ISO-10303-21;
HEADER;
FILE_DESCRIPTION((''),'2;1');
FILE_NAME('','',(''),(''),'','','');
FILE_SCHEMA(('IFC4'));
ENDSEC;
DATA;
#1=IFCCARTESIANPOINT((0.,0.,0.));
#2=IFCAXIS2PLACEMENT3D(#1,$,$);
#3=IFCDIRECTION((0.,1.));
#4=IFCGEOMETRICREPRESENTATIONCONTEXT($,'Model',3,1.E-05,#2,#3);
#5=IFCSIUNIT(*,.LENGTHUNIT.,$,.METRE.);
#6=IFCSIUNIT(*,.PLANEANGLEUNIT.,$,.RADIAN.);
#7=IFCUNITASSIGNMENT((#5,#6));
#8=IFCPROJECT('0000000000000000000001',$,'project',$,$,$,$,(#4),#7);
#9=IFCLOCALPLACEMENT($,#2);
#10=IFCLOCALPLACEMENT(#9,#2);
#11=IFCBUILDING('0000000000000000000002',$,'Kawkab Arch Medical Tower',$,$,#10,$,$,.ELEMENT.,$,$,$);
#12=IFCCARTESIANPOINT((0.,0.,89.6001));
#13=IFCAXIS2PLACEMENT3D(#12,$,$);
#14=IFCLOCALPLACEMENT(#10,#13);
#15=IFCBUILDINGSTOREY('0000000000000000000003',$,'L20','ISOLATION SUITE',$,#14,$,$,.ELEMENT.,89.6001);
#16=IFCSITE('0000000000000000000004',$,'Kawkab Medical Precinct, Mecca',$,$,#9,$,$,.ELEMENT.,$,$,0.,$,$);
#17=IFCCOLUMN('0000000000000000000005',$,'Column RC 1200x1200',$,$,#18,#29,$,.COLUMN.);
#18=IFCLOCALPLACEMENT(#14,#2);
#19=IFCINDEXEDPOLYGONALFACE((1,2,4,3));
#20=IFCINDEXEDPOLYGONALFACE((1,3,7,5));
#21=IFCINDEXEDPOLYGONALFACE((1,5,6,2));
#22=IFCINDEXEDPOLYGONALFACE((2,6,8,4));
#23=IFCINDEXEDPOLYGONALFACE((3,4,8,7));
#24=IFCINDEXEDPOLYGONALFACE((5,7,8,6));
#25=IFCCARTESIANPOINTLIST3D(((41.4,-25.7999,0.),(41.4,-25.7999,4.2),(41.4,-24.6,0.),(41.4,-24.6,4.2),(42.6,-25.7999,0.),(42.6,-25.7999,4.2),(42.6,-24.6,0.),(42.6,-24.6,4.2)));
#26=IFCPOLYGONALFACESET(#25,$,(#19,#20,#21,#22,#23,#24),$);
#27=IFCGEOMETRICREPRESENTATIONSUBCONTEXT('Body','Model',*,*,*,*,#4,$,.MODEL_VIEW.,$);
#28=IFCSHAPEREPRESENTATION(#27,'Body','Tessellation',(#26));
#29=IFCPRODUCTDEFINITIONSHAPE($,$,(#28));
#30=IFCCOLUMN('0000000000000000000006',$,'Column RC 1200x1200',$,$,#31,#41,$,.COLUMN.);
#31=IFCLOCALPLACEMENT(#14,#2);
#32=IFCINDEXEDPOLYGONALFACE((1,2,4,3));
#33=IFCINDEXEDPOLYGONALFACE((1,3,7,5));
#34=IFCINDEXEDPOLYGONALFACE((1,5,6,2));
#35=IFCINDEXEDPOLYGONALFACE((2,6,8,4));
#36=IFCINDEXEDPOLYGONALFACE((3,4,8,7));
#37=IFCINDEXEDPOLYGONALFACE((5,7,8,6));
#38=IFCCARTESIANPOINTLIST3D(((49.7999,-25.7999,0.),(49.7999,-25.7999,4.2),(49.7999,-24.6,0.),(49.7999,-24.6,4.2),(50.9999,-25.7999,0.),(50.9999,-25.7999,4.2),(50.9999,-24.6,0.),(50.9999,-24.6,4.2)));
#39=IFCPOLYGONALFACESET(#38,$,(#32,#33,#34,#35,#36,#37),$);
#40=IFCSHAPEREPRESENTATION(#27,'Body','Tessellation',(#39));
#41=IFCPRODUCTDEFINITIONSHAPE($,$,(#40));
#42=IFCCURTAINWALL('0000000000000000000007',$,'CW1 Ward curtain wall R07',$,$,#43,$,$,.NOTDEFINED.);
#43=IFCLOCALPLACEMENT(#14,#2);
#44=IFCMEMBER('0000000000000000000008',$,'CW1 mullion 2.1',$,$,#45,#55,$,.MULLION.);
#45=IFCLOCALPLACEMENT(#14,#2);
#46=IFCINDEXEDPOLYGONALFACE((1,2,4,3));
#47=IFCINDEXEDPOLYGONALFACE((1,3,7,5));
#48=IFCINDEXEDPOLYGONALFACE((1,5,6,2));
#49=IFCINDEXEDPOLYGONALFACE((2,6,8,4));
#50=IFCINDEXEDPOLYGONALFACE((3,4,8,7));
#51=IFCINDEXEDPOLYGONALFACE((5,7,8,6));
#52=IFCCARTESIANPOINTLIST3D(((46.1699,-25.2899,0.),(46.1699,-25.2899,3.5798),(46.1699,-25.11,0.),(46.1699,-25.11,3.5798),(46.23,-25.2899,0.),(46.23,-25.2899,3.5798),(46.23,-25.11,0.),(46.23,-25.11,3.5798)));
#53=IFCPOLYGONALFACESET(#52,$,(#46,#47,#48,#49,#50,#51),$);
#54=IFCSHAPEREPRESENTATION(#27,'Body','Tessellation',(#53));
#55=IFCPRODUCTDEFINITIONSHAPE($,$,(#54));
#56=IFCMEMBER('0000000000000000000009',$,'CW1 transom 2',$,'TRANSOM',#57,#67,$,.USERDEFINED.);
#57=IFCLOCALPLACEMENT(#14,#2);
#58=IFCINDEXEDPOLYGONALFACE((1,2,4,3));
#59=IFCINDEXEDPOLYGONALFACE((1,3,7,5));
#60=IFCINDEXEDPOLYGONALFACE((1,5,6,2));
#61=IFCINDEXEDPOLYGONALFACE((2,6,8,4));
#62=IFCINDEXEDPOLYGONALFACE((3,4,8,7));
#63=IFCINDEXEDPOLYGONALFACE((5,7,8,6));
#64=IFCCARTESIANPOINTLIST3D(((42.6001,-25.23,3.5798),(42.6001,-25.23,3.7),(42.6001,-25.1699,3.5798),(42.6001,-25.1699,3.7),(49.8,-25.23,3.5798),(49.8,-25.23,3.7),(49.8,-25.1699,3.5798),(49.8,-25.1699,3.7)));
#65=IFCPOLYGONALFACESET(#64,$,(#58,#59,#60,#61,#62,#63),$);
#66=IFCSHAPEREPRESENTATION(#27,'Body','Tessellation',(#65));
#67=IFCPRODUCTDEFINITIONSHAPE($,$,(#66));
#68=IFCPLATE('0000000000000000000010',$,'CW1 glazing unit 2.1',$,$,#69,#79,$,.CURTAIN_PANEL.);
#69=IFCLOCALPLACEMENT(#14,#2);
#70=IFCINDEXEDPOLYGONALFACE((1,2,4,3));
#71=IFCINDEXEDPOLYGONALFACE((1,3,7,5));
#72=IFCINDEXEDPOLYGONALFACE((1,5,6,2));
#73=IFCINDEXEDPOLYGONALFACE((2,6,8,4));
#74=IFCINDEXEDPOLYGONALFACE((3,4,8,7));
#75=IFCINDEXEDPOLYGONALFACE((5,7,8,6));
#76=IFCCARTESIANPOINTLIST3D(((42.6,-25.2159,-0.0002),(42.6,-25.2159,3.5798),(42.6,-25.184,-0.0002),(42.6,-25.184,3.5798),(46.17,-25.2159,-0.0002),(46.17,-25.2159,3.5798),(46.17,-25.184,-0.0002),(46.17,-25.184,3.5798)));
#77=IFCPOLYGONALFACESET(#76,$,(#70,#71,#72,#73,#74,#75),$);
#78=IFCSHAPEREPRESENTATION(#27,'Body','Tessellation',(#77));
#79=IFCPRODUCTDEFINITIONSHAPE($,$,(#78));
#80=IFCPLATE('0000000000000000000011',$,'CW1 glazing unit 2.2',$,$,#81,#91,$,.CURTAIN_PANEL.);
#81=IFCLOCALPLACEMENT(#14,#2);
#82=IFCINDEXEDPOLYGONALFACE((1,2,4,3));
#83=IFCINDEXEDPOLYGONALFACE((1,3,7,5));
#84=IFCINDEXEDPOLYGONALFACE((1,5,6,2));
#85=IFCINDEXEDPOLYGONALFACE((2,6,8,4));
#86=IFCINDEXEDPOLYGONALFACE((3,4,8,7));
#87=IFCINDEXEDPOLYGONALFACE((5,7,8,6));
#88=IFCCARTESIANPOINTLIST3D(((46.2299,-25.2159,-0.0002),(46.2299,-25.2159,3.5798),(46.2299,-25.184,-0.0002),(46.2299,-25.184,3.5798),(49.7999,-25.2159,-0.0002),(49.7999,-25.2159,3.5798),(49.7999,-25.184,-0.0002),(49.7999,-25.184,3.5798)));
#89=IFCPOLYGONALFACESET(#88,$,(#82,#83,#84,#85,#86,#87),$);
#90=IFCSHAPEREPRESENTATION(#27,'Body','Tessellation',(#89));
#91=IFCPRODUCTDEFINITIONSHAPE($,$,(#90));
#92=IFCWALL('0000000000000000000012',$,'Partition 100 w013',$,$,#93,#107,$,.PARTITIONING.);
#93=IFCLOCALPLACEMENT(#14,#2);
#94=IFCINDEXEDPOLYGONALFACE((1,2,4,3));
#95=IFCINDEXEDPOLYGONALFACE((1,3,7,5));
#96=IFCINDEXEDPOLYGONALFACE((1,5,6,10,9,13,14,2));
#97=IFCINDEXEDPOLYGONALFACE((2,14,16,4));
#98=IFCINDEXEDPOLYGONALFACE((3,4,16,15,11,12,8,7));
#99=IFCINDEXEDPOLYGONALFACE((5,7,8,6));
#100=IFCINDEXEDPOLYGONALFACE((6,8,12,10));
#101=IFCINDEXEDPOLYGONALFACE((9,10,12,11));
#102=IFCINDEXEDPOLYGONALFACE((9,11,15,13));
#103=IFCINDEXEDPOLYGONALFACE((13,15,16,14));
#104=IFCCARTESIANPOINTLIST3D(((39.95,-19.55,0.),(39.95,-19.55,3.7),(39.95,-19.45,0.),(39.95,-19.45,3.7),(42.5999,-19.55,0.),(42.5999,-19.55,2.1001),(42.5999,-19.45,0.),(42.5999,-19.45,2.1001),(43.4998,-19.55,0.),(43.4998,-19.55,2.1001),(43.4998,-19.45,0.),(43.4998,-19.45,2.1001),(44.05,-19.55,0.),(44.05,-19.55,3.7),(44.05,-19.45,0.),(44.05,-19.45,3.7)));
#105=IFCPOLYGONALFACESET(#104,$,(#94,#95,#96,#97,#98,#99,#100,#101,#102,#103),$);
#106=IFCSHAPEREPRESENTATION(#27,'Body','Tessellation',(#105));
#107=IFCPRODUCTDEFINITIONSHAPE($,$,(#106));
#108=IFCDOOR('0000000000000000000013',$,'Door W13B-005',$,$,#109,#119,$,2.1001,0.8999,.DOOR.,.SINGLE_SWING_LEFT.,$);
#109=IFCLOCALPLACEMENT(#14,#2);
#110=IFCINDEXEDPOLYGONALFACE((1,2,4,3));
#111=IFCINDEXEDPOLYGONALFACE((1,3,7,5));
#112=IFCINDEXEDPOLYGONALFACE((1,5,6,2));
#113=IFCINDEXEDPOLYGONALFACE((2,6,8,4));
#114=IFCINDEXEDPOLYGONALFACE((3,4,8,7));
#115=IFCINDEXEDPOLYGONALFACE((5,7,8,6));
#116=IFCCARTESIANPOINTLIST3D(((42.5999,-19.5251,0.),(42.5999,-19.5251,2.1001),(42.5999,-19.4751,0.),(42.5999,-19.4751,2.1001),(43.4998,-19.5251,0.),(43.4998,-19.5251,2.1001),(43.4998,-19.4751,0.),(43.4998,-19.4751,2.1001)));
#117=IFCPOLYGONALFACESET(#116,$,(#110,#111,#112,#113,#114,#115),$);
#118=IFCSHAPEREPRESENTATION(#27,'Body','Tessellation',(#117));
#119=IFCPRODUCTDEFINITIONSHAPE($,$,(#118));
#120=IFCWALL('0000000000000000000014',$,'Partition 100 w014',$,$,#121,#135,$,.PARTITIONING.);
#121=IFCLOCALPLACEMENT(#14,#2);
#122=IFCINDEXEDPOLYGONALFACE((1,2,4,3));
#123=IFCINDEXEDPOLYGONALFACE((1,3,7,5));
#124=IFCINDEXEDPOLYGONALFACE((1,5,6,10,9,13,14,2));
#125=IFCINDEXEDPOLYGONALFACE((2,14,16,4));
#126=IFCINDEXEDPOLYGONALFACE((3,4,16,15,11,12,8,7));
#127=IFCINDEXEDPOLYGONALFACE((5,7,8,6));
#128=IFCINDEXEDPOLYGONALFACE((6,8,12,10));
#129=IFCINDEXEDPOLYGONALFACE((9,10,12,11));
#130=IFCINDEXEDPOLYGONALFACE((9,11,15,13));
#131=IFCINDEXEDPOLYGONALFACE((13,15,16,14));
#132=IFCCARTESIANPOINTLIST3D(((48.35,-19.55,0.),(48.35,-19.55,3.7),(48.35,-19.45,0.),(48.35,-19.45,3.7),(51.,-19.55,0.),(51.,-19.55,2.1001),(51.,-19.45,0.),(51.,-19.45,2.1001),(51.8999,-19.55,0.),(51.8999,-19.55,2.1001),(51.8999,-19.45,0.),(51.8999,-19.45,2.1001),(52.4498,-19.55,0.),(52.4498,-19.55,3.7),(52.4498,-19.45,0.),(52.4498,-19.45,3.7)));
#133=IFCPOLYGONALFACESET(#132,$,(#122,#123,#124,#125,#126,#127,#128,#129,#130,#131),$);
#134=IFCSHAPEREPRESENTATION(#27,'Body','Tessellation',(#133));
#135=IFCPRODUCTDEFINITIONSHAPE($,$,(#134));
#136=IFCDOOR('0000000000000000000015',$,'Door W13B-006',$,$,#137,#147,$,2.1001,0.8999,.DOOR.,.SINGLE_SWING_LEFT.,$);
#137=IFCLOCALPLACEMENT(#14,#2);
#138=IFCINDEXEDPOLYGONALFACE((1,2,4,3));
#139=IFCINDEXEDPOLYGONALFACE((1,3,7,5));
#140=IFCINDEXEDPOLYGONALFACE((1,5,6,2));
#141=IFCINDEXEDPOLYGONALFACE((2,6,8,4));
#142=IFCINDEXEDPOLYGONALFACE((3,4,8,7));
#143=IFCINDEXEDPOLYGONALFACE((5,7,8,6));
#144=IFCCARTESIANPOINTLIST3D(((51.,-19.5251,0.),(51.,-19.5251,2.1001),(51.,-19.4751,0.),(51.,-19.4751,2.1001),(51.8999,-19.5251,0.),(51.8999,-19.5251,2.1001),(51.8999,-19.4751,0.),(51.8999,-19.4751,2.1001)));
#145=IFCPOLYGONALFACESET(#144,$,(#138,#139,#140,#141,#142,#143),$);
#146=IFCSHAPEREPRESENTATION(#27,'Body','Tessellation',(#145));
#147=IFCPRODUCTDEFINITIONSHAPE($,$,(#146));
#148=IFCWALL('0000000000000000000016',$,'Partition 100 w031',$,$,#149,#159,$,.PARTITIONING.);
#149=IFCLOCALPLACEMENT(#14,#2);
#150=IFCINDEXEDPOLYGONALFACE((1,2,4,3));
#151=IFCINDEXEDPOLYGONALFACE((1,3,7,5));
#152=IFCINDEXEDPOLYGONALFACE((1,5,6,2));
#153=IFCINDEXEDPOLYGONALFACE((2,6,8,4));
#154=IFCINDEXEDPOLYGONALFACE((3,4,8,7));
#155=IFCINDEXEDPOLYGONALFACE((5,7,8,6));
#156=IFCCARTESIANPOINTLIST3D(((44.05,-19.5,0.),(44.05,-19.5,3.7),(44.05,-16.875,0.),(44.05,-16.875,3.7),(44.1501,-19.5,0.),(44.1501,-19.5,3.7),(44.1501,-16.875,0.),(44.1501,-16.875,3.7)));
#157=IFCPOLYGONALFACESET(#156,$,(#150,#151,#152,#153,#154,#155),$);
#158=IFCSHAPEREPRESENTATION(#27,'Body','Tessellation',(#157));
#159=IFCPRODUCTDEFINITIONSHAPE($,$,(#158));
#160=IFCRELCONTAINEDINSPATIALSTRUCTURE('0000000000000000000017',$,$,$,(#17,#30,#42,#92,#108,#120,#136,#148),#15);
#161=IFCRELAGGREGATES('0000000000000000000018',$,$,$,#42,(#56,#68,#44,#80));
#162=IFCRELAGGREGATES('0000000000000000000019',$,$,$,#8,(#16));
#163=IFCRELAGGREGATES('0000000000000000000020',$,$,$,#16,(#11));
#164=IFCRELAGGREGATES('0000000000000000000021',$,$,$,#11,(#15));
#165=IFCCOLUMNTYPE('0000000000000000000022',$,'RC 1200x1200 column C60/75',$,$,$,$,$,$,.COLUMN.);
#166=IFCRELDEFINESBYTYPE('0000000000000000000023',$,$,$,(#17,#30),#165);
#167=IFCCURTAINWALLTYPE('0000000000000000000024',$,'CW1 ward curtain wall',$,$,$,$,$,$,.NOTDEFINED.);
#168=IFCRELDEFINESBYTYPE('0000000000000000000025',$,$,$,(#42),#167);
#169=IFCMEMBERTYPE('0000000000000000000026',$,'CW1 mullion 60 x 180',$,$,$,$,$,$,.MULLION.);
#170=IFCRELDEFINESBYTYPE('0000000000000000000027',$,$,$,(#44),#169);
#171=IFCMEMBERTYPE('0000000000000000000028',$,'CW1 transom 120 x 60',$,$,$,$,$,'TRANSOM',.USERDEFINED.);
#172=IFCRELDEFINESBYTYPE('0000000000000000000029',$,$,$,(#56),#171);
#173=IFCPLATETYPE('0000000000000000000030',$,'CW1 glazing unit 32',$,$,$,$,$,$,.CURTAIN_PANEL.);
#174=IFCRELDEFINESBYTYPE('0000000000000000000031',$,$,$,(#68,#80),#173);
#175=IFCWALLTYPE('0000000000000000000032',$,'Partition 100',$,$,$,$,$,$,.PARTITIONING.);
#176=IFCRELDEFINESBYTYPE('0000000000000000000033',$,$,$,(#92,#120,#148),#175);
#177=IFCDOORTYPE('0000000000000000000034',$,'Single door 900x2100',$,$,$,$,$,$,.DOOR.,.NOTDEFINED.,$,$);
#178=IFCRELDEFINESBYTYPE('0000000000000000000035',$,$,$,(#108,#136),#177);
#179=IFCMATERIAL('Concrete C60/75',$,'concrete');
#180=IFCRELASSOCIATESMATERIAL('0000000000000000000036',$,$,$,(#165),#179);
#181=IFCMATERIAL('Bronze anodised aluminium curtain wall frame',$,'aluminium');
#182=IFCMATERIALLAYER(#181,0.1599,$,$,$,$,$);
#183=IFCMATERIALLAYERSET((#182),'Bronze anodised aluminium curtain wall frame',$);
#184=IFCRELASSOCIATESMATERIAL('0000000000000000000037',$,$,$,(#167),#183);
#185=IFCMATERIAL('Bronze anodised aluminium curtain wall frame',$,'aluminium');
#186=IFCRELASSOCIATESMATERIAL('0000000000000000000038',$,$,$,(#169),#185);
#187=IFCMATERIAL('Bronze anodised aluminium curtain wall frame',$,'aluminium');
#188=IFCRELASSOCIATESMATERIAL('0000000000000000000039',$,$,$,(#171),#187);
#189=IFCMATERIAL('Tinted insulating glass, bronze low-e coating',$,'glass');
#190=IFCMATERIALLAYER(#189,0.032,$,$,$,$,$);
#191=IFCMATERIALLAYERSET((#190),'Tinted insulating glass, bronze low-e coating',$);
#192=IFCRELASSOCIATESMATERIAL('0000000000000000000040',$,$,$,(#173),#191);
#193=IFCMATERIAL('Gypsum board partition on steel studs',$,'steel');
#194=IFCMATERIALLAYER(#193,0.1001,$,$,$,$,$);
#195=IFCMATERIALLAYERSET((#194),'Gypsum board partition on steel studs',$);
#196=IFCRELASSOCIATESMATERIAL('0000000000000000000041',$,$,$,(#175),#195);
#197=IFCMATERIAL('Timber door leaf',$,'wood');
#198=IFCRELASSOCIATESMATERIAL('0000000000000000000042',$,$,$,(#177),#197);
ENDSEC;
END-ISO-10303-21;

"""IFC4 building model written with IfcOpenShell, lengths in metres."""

from ifc_helpers import new_model, si_unit, direction, frame, frame_2d, origin, origin_2d, place, context, subcontext, project, spatial, rectangle, extrude, material, layer, layer_set, material_profile, profile_set, type_object, element, fill, aggregate, save


model = new_model("IFC4")

# Units and contexts
model_context = context("Model", 3, precision=1e-05, world=origin(), true_north=direction((0.0, 1.0)))
body_context = subcontext(model_context, "Body", "Model", "MODEL_VIEW")
ifc_project = project(units=[si_unit("LENGTHUNIT", "METRE"), si_unit("PLANEANGLEUNIT", "RADIAN")], contexts=[model_context])

# Site, building, storey
site_placement = place(None, origin())
site = spatial("IfcSite", under=ifc_project, at=site_placement, Name="Kawkab Medical Precinct, Mecca", CompositionType="ELEMENT", RefElevation=0.0)
building_placement = place(site_placement, origin())
building = spatial("IfcBuilding", under=site, at=building_placement, Name="Kawkab Arch Medical Tower", CompositionType="ELEMENT")
storey_placement = place(building_placement, frame((0.0, 0.0, 89.6001)))
storey = spatial("IfcBuildingStorey", under=building, at=storey_placement, Name="L20", Description="ISOLATION SUITE", CompositionType="ELEMENT", Elevation=89.6001)

# Columns
ifc_material_1 = material(Name="Concrete C60/75", Category="concrete")
ifc_material_profile_1 = material_profile(ifc_material_1, rectangle(XDim=1.2, YDim=1.2, at=origin_2d()), Name="RC 1200x1200")
ifc_profile_set_1 = profile_set([ifc_material_profile_1], Name="Concrete C60/75")
column_type = type_object("IfcColumnType", Name="RC 1200x1200 column C60/75", PredefinedType="COLUMN", material=ifc_profile_set_1)
for number, where, z_axis, x_axis, name in (
    (1, (42.0, -25.2, 0.0), (0.0, 0.0, 1.0), (1.0, 0.0, 0.0), "Column RC 1200x1200"),
    (2, (50.3999, -25.2, 0.0), (0.0, 0.0, 1.0), (1.0, 0.0, 0.0), "Column RC 1200x1200"),
):
    element("IfcColumn", number, at=place(storey_placement, frame(where, z_axis=z_axis, x_axis=x_axis)), inside=storey, type_object=column_type, Name=name, PredefinedType="COLUMN", context=body_context, shape_type="SweptSolid", body=[
        extrude(rectangle(XDim=1.2, YDim=1.2, at=origin_2d()), origin(), (0.0, 0.0, 1.0), 4.2),
    ])

# Curtain wall, members, plates
ifc_material_2 = material(Name="Bronze anodised aluminium curtain wall frame", Category="aluminium")
ifc_layer_1 = layer(ifc_material_2, 0.1599)
ifc_layer_set_1 = layer_set([ifc_layer_1], Name="Bronze anodised aluminium curtain wall frame")
curtain_wall_type = type_object("IfcCurtainWallType", Name="CW1 ward curtain wall", PredefinedType="NOTDEFINED", material=ifc_layer_set_1)
curtain_wall_placement = place(storey_placement, origin())
curtain_wall = element("IfcCurtainWall", 3, at=curtain_wall_placement, inside=storey, type_object=curtain_wall_type, Name="CW1 Ward curtain wall R07", PredefinedType="NOTDEFINED")
ifc_material_3 = material(Name="Bronze anodised aluminium curtain wall frame", Category="aluminium")
ifc_material_profile_2 = material_profile(ifc_material_3, rectangle(XDim=0.1799, YDim=0.0601, at=origin_2d()), Name="AL 60x180")
ifc_profile_set_2 = profile_set([ifc_material_profile_2], Name="Bronze anodised aluminium curtain wall frame")
member_type_1 = type_object("IfcMemberType", Name="CW1 mullion 60 x 180", PredefinedType="MULLION", material=ifc_profile_set_2)
member_1_placement = place(storey_placement, frame((46.2, -25.2, 0.0), z_axis=(0.0, 0.0, 1.0), x_axis=(0.0, 1.0, 0.0)))
member_1 = element("IfcMember", 4, at=member_1_placement, type_object=member_type_1, Name="CW1 mullion 2.1", PredefinedType="MULLION", context=body_context, shape_type="SweptSolid", body=[
    extrude(rectangle(XDim=0.1799, YDim=0.0601, at=origin_2d()), origin(), (0.0, 0.0, 1.0), 3.5798),
])
ifc_material_4 = material(Name="Bronze anodised aluminium curtain wall frame", Category="aluminium")
ifc_material_profile_3 = material_profile(ifc_material_4, rectangle(XDim=0.0601, YDim=0.1201, at=origin_2d()), Name="AL 60x120")
ifc_profile_set_3 = profile_set([ifc_material_profile_3], Name="Bronze anodised aluminium curtain wall frame")
member_type_2 = type_object("IfcMemberType", Name="CW1 transom 120 x 60", ElementType="TRANSOM", PredefinedType="USERDEFINED", material=ifc_profile_set_3)
member_2_placement = place(storey_placement, frame((42.6001, -25.2, 3.6399), z_axis=(1.0, 0.0, 0.0), x_axis=(0.0, 1.0, 0.0)))
member_2 = element("IfcMember", 5, at=member_2_placement, type_object=member_type_2, Name="CW1 transom 2", ObjectType="TRANSOM", PredefinedType="USERDEFINED", context=body_context, shape_type="SweptSolid", body=[
    extrude(rectangle(XDim=0.0601, YDim=0.1201, at=origin_2d()), origin(), (0.0, 0.0, 1.0), 7.2),
])
ifc_material_5 = material(Name="Tinted insulating glass, bronze low-e coating", Category="glass")
ifc_layer_2 = layer(ifc_material_5, 0.032)
ifc_layer_set_2 = layer_set([ifc_layer_2], Name="Tinted insulating glass, bronze low-e coating")
plate_type = type_object("IfcPlateType", Name="CW1 glazing unit 32", PredefinedType="CURTAIN_PANEL", material=ifc_layer_set_2)
plate_1_placement = place(storey_placement, frame((44.385, -25.2, -0.0002), z_axis=(0.0, 0.0, 1.0), x_axis=(1.0, 0.0, 0.0)))
plate_1 = element("IfcPlate", 6, at=plate_1_placement, type_object=plate_type, Name="CW1 glazing unit 2.1", PredefinedType="CURTAIN_PANEL", context=body_context, shape_type="SweptSolid", body=[
    extrude(rectangle(XDim=3.5701, YDim=0.032, at=origin_2d()), origin(), (0.0, 0.0, 1.0), 3.5801),
])
plate_2_placement = place(storey_placement, frame((48.0149, -25.2, -0.0002), z_axis=(0.0, 0.0, 1.0), x_axis=(1.0, 0.0, 0.0)))
plate_2 = element("IfcPlate", 7, at=plate_2_placement, type_object=plate_type, Name="CW1 glazing unit 2.2", PredefinedType="CURTAIN_PANEL", context=body_context, shape_type="SweptSolid", body=[
    extrude(rectangle(XDim=3.5701, YDim=0.032, at=origin_2d()), origin(), (0.0, 0.0, 1.0), 3.5801),
])
aggregate(curtain_wall, [member_2, plate_1, member_1, plate_2])

# Walls, openings, doors
ifc_material_6 = material(Name="Gypsum board partition on steel studs", Category="steel")
ifc_layer_3 = layer(ifc_material_6, 0.1001)
ifc_layer_set_3 = layer_set([ifc_layer_3], Name="Gypsum board partition on steel studs")
wall_type_1 = type_object("IfcWallType", Name="Partition 100", PredefinedType="PARTITIONING", material=ifc_layer_set_3)
wall_1_placement = place(storey_placement, frame((39.95, -19.5, 0.0), z_axis=(0.0, 0.0, 1.0), x_axis=(1.0, 0.0, 0.0)))
wall_1 = element("IfcWall", 8, at=wall_1_placement, inside=storey, type_object=wall_type_1, Name="Partition 100 w013", PredefinedType="PARTITIONING", context=body_context, shape_type="SweptSolid", body=[
    extrude(rectangle(XDim=4.1001, YDim=0.1001, at=frame_2d((2.05, 0.0))), origin(), (0.0, 0.0, 1.0), 3.7),
])
opening_1_placement = place(wall_1_placement, frame((2.6499, 0.0, 0.0)))
opening_1 = element("IfcOpeningElement", 9, at=opening_1_placement, cuts=wall_1, PredefinedType="OPENING", context=body_context, shape_type="SweptSolid", body=[
    extrude(rectangle(XDim=0.8999, YDim=2.1001, at=frame_2d((0.45, 1.05))), frame((0.0, 0.0601, 0.0), z_axis=(0.0, -1.0, 0.0), x_axis=(1.0, 0.0, 0.0)), (0.0, 0.0, 1.0), 0.1201),
])
ifc_material_7 = material(Name="Timber door leaf", Category="wood")
door_type_1 = type_object("IfcDoorType", Name="Single door 900x2100", OperationType="NOTDEFINED", PredefinedType="DOOR", material=ifc_material_7)
door_1_placement = place(opening_1_placement, origin())
door_1 = element("IfcDoor", 10, at=door_1_placement, inside=storey, type_object=door_type_1, Name="Door W13B-005", OperationType="SINGLE_SWING_LEFT", OverallHeight=2.1001, OverallWidth=0.8999, PredefinedType="DOOR", context=body_context, shape_type="SweptSolid", body=[
    extrude(rectangle(XDim=0.8999, YDim=2.1001, at=frame_2d((0.45, 1.05))), frame((0.0, 0.0249, 0.0), z_axis=(0.0, -1.0, 0.0), x_axis=(1.0, 0.0, 0.0)), (0.0, 0.0, 1.0), 0.05),
])
fill(opening_1, door_1)
wall_2_placement = place(storey_placement, frame((48.3501, -19.5, 0.0), z_axis=(0.0, 0.0, 1.0), x_axis=(1.0, 0.0, 0.0)))
wall_2 = element("IfcWall", 11, at=wall_2_placement, inside=storey, type_object=wall_type_1, Name="Partition 100 w014", PredefinedType="PARTITIONING", context=body_context, shape_type="SweptSolid", body=[
    extrude(rectangle(XDim=4.0999, YDim=0.1001, at=frame_2d((2.0498, 0.0))), origin(), (0.0, 0.0, 1.0), 3.7),
])
opening_2_placement = place(wall_2_placement, frame((2.6499, 0.0, 0.0)))
opening_2 = element("IfcOpeningElement", 12, at=opening_2_placement, cuts=wall_2, PredefinedType="OPENING", context=body_context, shape_type="SweptSolid", body=[
    extrude(rectangle(XDim=0.8999, YDim=2.1001, at=frame_2d((0.45, 1.05))), frame((0.0, 0.0601, 0.0), z_axis=(0.0, -1.0, 0.0), x_axis=(1.0, 0.0, 0.0)), (0.0, 0.0, 1.0), 0.1201),
])
door_2_placement = place(opening_2_placement, origin())
door_2 = element("IfcDoor", 13, at=door_2_placement, inside=storey, type_object=door_type_1, Name="Door W13B-006", OperationType="SINGLE_SWING_LEFT", OverallHeight=2.1001, OverallWidth=0.8999, PredefinedType="DOOR", context=body_context, shape_type="SweptSolid", body=[
    extrude(rectangle(XDim=0.8999, YDim=2.1001, at=frame_2d((0.45, 1.05))), frame((0.0, 0.0249, 0.0), z_axis=(0.0, -1.0, 0.0), x_axis=(1.0, 0.0, 0.0)), (0.0, 0.0, 1.0), 0.05),
])
fill(opening_2, door_2)

# Wall
wall_3_placement = place(storey_placement, frame((44.1001, -19.5, 0.0), z_axis=(0.0, 0.0, 1.0), x_axis=(0.0, 1.0, 0.0)))
element("IfcWall", 14, at=wall_3_placement, inside=storey, type_object=wall_type_1, Name="Partition 100 w031", PredefinedType="PARTITIONING", context=body_context, shape_type="SweptSolid", body=[
    extrude(rectangle(XDim=2.625, YDim=0.1001, at=frame_2d((1.3125, 0.0))), origin(), (0.0, 0.0, 1.0), 3.7),
])

save(model, "model.ifc")
